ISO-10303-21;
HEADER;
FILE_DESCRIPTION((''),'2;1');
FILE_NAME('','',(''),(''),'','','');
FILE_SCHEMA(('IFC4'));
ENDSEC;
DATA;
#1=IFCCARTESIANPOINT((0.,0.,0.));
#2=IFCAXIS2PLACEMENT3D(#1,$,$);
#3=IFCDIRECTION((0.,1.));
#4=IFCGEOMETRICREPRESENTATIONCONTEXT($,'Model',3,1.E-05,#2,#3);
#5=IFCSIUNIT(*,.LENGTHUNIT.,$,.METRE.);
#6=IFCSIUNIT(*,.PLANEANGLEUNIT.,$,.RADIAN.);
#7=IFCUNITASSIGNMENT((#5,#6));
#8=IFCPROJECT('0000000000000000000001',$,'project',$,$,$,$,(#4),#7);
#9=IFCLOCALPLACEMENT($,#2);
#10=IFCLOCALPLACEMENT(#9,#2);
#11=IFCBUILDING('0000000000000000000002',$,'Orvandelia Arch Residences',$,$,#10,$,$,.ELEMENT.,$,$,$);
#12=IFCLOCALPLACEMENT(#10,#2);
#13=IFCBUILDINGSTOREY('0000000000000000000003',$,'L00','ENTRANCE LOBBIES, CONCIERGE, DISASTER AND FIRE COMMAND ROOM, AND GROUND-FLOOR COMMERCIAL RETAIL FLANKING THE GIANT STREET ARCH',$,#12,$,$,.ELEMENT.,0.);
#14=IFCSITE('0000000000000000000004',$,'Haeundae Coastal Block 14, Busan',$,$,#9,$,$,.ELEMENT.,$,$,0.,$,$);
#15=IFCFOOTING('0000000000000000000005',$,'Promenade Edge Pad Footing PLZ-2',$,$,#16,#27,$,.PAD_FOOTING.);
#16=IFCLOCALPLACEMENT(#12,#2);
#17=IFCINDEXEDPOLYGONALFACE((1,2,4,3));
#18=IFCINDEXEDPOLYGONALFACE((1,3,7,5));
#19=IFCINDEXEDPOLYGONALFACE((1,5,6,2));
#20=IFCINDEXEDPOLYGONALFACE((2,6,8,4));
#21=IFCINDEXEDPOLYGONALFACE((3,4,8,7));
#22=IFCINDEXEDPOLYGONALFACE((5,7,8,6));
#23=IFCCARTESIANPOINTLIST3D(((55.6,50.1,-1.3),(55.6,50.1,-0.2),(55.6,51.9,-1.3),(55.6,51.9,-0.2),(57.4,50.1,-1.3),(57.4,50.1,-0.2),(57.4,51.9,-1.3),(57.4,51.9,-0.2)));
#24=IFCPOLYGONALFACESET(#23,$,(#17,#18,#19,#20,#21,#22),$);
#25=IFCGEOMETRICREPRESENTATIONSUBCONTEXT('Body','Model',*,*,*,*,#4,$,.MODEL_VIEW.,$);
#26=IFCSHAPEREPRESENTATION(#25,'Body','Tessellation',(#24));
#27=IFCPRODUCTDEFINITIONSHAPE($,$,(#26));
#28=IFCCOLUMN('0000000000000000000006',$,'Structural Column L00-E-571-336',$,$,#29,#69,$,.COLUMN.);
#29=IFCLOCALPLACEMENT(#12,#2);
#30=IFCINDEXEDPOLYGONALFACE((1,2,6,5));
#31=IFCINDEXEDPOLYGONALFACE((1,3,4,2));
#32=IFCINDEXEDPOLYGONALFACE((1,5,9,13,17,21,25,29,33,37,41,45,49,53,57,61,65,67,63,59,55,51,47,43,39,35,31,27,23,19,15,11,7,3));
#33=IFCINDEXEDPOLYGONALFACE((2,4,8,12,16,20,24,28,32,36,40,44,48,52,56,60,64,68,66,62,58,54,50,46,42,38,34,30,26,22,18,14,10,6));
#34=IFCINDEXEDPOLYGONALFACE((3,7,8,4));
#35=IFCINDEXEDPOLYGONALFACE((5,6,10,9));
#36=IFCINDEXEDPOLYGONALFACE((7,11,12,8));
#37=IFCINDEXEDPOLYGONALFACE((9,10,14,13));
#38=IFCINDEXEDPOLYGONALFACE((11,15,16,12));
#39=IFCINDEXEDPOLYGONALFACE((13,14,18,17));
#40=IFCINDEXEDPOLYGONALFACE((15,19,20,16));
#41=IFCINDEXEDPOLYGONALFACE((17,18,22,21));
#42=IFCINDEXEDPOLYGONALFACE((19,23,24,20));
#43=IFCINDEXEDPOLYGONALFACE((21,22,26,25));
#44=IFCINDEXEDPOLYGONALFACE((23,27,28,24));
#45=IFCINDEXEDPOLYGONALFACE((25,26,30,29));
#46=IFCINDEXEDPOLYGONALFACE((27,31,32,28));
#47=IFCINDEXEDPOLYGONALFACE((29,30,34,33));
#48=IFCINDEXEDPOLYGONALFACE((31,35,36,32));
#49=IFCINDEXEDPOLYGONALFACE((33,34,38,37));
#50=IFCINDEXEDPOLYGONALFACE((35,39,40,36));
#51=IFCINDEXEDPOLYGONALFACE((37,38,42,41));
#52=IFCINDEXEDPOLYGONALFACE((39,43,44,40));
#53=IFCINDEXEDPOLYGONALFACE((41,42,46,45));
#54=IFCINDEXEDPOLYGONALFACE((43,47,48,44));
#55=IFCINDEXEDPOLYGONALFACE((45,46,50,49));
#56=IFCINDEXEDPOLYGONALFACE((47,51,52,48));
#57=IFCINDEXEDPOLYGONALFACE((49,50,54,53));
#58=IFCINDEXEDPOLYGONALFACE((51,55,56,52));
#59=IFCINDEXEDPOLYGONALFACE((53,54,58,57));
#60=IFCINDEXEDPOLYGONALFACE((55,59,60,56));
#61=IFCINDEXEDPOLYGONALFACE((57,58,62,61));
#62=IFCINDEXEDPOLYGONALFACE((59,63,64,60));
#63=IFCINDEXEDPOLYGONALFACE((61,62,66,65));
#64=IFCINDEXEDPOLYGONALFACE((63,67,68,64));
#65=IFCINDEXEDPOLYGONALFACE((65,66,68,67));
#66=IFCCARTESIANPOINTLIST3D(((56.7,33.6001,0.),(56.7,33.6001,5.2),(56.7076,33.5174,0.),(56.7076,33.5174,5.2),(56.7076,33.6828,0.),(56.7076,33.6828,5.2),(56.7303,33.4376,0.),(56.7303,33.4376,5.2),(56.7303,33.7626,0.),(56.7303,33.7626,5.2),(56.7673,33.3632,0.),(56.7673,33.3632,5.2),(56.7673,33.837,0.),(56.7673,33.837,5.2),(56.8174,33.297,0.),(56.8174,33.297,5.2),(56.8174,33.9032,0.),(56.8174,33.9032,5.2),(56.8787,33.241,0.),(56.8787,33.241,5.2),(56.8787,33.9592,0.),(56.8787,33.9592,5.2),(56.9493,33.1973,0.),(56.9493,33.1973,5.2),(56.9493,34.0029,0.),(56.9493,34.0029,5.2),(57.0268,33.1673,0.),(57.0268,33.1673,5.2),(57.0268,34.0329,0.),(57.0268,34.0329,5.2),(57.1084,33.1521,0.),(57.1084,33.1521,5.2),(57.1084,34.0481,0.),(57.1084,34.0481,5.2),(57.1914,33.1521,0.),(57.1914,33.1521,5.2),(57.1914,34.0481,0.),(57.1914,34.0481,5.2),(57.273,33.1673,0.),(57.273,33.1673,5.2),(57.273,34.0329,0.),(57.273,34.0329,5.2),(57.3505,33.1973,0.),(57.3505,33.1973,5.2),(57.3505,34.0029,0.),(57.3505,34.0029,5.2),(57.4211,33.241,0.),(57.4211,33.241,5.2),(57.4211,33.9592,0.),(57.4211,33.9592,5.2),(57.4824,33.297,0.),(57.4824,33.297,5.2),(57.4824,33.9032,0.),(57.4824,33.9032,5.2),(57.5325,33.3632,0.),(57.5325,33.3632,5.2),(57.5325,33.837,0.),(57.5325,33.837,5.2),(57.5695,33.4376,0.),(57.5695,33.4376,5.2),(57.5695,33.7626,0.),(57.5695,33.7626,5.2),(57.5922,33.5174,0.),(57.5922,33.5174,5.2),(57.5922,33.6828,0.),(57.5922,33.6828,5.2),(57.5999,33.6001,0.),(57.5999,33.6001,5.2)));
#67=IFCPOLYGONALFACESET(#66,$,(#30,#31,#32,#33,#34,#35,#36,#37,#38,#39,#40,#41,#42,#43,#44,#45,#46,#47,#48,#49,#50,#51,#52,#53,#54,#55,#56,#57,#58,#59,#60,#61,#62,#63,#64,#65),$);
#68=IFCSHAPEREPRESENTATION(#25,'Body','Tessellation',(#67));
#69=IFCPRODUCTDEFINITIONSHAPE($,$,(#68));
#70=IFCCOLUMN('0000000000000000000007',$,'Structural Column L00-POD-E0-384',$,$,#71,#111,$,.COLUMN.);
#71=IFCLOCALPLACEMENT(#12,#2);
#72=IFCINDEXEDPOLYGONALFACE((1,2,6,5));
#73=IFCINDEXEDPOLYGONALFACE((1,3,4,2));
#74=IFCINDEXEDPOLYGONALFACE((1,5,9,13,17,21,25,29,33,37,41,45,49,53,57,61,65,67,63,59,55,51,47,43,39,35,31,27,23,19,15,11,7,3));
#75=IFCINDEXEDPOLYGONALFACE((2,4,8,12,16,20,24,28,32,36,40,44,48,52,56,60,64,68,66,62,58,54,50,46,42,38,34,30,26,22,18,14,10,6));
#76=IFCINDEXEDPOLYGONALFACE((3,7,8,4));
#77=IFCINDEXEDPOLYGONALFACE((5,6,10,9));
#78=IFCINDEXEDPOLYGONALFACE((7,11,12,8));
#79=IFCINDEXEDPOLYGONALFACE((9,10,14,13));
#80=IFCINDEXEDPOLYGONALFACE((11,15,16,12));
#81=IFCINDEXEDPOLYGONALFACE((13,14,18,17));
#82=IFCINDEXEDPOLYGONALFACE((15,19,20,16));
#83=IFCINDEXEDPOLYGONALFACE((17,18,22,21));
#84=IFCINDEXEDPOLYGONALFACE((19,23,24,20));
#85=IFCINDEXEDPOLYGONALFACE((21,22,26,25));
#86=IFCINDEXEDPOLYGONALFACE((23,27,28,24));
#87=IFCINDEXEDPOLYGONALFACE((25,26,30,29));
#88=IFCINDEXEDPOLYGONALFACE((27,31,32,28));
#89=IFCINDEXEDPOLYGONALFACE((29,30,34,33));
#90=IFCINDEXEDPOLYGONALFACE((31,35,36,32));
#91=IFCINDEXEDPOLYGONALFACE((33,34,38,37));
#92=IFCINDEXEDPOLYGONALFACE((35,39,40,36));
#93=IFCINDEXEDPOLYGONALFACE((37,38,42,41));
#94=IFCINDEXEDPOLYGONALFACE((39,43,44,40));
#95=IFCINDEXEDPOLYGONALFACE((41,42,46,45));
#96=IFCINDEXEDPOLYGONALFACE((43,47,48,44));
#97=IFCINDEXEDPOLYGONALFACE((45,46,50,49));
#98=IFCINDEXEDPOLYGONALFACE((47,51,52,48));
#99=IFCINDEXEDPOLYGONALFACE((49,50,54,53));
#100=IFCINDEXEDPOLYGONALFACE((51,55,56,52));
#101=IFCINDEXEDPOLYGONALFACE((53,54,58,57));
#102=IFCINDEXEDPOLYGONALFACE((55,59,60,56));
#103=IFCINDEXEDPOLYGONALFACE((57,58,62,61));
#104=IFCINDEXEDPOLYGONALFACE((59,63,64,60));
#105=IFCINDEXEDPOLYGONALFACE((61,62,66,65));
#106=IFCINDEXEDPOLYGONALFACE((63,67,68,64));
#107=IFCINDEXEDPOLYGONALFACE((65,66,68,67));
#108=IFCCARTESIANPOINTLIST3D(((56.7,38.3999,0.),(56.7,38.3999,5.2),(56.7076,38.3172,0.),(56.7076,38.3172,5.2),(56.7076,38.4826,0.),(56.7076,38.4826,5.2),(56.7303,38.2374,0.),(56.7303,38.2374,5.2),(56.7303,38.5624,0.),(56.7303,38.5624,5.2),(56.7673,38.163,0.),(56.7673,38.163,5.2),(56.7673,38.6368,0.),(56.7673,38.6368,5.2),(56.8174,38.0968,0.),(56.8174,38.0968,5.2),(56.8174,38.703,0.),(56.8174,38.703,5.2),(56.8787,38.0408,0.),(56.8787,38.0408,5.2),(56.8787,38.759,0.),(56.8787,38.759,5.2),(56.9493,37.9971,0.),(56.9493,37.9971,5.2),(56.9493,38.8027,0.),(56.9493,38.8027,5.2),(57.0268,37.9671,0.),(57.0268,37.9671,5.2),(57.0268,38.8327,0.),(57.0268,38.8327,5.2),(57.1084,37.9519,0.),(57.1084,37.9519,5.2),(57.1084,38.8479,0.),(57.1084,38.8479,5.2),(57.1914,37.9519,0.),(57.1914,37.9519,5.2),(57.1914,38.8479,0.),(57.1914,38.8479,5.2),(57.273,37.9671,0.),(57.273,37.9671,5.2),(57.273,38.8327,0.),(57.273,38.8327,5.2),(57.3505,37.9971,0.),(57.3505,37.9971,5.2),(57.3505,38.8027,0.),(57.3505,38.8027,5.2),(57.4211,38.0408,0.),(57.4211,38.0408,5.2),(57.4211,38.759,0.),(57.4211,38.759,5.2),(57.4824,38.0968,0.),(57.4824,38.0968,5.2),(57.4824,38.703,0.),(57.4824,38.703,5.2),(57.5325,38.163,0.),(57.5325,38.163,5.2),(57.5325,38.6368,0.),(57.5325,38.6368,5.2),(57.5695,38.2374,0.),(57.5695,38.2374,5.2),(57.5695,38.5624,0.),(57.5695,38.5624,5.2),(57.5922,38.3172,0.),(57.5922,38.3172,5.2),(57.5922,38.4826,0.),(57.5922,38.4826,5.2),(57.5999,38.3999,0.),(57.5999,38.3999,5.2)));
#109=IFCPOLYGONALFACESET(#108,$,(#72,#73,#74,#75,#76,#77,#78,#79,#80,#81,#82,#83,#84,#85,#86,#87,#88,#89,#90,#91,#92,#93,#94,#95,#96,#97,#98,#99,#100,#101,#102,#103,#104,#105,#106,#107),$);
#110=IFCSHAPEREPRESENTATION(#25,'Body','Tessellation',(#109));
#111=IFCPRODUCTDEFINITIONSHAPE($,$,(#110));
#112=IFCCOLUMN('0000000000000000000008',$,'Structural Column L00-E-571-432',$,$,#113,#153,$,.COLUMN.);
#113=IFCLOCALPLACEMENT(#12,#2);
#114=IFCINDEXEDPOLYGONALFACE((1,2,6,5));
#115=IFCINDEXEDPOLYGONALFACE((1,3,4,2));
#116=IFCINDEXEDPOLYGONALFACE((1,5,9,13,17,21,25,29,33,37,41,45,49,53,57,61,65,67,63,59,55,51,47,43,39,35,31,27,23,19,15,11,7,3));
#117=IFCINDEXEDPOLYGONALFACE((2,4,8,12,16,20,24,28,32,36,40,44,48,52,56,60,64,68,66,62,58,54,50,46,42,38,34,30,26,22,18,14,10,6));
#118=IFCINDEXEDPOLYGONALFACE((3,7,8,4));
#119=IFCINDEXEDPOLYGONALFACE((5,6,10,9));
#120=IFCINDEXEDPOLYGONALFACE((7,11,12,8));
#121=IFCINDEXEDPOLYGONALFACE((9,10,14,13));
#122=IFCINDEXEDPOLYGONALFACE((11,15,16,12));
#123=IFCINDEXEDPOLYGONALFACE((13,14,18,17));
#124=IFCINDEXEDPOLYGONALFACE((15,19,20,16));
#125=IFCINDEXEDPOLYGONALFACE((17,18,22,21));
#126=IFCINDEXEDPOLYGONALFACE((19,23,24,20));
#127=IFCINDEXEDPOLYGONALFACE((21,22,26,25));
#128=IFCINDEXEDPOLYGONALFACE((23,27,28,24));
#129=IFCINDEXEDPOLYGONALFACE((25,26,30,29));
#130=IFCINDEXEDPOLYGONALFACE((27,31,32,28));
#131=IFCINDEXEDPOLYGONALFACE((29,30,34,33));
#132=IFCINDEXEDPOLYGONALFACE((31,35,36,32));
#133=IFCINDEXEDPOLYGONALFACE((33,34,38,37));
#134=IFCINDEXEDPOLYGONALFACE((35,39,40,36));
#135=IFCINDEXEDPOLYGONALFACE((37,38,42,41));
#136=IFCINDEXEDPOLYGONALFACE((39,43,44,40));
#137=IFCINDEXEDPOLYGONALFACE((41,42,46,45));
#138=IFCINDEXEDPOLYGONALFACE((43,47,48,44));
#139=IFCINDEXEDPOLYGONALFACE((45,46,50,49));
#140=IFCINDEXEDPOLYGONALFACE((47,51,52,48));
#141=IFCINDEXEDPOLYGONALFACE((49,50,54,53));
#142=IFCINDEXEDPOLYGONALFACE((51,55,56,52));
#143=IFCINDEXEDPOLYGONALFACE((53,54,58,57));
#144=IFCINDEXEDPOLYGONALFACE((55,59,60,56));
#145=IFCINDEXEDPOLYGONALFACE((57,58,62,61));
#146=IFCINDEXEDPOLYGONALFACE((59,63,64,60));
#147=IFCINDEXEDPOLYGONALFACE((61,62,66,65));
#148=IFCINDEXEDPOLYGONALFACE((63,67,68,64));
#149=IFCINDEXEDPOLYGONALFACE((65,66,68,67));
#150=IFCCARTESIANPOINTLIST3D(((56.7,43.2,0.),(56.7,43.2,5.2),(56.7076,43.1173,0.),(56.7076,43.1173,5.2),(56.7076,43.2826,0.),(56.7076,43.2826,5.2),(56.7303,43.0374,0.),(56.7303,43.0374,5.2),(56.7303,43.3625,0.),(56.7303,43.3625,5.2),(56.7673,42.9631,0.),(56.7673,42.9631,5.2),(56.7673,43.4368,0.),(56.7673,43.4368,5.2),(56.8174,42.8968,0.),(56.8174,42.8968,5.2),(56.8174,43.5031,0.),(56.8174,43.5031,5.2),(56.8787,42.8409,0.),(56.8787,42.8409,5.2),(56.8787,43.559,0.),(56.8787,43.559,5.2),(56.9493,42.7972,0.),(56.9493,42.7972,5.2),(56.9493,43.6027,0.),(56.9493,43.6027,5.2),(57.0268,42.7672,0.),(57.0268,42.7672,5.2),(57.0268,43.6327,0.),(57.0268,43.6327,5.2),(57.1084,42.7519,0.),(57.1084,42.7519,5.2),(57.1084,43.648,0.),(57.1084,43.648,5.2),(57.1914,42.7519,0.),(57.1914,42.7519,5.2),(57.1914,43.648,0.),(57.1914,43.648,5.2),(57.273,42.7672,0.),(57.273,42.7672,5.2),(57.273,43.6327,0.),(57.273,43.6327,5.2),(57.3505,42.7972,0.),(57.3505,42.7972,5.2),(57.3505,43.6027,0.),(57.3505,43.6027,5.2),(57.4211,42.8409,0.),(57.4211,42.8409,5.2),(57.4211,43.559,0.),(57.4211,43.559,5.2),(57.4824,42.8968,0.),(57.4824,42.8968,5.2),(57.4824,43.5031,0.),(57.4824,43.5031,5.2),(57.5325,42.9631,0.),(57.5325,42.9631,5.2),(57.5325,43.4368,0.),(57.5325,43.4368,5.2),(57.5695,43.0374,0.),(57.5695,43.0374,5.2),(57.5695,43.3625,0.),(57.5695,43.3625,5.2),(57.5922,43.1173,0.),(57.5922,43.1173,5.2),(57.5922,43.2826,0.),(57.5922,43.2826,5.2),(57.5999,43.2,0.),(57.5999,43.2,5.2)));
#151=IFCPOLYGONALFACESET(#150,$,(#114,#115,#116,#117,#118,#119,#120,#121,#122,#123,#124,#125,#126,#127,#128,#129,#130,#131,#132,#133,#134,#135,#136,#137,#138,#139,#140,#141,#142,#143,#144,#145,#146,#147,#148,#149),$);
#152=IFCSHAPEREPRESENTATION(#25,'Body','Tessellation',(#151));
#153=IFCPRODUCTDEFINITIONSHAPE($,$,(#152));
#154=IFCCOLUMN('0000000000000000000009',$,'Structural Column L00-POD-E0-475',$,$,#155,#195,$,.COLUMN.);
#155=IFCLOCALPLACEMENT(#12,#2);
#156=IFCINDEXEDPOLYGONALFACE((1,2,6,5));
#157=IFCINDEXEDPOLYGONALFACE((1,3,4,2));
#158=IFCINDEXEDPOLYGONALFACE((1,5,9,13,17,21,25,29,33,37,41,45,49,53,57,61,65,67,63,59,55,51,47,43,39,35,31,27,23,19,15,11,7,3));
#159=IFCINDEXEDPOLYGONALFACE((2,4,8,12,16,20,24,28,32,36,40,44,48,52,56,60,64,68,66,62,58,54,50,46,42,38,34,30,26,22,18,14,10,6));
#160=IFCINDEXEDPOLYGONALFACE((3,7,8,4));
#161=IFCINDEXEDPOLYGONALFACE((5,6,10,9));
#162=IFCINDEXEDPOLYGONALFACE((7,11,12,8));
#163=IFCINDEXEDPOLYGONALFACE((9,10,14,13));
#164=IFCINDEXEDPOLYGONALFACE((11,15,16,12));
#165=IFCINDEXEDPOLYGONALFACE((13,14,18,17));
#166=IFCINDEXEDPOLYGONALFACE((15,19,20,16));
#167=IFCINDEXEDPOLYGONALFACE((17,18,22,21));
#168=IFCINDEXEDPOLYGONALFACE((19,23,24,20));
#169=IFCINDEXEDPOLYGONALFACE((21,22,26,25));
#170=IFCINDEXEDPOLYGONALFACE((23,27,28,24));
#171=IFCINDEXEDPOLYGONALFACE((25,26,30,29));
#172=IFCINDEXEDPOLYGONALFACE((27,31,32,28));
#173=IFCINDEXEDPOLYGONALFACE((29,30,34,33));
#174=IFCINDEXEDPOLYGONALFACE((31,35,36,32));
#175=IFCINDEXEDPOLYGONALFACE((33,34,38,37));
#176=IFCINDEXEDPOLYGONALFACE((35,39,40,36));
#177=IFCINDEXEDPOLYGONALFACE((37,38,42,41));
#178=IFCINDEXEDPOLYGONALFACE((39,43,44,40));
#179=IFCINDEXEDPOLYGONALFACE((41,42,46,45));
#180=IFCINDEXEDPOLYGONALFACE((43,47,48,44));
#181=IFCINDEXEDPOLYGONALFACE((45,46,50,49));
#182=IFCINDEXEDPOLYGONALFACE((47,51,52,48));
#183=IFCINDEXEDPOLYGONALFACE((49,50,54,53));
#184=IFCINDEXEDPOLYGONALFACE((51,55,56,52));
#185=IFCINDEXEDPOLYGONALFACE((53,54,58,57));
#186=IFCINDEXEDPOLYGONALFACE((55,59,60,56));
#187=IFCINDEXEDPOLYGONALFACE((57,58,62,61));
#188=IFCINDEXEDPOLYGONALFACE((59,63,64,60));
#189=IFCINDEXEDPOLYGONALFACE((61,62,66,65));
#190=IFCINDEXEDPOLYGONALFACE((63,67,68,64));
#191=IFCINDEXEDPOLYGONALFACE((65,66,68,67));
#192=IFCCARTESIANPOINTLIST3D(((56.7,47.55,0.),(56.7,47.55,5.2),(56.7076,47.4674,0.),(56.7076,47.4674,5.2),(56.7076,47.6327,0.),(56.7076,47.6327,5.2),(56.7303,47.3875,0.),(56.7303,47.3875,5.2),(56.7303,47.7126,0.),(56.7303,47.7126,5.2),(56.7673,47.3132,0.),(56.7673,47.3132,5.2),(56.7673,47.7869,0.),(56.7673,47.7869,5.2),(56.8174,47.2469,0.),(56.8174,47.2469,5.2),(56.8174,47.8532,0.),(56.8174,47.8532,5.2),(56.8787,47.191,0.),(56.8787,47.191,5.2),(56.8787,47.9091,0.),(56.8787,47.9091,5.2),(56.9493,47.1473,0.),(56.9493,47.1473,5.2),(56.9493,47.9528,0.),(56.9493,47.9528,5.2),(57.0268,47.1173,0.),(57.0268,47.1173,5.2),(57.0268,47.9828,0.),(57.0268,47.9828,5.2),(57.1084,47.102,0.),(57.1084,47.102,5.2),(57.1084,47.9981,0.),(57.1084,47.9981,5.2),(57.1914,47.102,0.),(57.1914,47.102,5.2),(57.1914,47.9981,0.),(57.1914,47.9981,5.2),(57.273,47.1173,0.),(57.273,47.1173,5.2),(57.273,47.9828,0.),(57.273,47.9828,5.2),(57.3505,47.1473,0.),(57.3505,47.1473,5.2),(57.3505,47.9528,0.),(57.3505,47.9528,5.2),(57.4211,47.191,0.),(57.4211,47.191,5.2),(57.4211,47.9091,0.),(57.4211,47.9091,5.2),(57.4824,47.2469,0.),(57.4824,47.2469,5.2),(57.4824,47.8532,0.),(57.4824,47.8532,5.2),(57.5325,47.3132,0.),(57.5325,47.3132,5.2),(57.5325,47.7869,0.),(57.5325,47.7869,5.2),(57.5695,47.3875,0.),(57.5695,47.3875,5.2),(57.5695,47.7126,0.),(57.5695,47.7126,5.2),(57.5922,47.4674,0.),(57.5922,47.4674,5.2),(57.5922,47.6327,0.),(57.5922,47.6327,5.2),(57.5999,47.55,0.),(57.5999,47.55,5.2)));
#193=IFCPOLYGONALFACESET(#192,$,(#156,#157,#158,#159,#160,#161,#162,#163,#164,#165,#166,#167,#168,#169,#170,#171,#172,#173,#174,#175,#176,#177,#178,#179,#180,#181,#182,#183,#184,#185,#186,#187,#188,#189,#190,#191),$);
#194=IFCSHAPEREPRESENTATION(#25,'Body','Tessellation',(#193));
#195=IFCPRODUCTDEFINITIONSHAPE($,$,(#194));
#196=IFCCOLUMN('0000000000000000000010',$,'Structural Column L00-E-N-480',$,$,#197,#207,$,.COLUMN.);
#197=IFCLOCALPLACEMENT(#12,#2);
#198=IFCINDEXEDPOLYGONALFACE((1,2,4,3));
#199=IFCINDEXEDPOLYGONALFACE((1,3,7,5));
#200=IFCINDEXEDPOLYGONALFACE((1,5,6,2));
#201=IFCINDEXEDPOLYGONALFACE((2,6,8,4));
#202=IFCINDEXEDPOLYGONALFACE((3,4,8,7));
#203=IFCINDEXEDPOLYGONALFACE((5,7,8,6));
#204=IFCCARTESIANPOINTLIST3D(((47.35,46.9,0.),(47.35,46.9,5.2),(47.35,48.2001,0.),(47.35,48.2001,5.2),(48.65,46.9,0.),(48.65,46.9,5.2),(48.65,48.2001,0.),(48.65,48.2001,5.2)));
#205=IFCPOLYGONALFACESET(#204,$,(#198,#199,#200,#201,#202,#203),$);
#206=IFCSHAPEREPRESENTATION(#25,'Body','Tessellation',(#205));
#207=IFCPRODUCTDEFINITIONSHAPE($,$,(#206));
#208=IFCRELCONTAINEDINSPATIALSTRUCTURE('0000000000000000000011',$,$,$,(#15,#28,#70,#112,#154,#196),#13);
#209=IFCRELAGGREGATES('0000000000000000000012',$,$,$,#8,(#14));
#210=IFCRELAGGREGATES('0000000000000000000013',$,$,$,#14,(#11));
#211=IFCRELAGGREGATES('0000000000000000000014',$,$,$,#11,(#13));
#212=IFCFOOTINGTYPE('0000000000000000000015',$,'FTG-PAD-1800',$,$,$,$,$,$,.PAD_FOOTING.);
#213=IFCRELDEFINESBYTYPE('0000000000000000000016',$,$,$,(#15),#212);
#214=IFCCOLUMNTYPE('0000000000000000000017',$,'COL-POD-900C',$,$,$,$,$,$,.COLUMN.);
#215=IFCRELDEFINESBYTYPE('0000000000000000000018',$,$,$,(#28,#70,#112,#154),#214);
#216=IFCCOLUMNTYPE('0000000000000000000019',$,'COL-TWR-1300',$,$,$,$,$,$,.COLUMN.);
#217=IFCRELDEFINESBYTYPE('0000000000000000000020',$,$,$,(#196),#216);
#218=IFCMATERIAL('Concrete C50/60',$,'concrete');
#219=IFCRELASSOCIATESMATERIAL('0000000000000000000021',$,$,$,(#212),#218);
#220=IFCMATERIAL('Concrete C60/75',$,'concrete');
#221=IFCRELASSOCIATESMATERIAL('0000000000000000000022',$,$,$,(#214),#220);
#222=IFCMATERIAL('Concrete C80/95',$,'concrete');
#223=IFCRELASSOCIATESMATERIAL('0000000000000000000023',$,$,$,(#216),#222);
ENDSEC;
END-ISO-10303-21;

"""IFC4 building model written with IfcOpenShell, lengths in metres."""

from ifc_helpers import new_model, si_unit, direction, frame, origin, origin_2d, place, context, subcontext, project, spatial, rectangle, circle, extrude, material, material_profile, profile_set, type_object, element, save


model = new_model("IFC4")

# Units and contexts
model_context = context("Model", 3, precision=1e-05, world=origin(), true_north=direction((0.0, 1.0)))
body_context = subcontext(model_context, "Body", "Model", "MODEL_VIEW")
ifc_project = project(units=[si_unit("LENGTHUNIT", "METRE"), si_unit("PLANEANGLEUNIT", "RADIAN")], contexts=[model_context])

# Site, building, storey
site_placement = place(None, origin())
site = spatial("IfcSite", under=ifc_project, at=site_placement, Name="Haeundae Coastal Block 14, Busan", CompositionType="ELEMENT", RefElevation=0.0)
building_placement = place(site_placement, origin())
building = spatial("IfcBuilding", under=site, at=building_placement, Name="Orvandelia Arch Residences", CompositionType="ELEMENT")
storey_placement = place(building_placement, origin())
storey = spatial("IfcBuildingStorey", under=building, at=storey_placement, Name="L00", Description="ENTRANCE LOBBIES, CONCIERGE, DISASTER AND FIRE COMMAND ROOM, AND GROUND-FLOOR COMMERCIAL RETAIL FLANKING THE GIANT STREET ARCH", CompositionType="ELEMENT", Elevation=0.0)

# Footing
ifc_material_1 = material(Name="Concrete C50/60", Category="concrete")
footing_type = type_object("IfcFootingType", Name="FTG-PAD-1800", PredefinedType="PAD_FOOTING", material=ifc_material_1)
footing_placement = place(storey_placement, frame((56.5, 51.0, -1.3), z_axis=(0.0, 0.0, 1.0), x_axis=(1.0, 0.0, 0.0)))
element("IfcFooting", 1, at=footing_placement, inside=storey, type_object=footing_type, Name="Promenade Edge Pad Footing PLZ-2", PredefinedType="PAD_FOOTING", context=body_context, shape_type="SweptSolid", body=[
    extrude(rectangle(XDim=1.8, YDim=1.8, at=origin_2d()), origin(), (0.0, 0.0, 1.0), 1.1001),
])

# Columns
ifc_material_2 = material(Name="Concrete C60/75", Category="concrete")
ifc_material_profile_1 = material_profile(ifc_material_2, circle(Radius=0.45, at=origin_2d()), Name="Concrete C60/75", Category="concrete")
ifc_profile_set_1 = profile_set([ifc_material_profile_1], Name="Concrete C60/75")
column_type_1 = type_object("IfcColumnType", Name="COL-POD-900C", PredefinedType="COLUMN", material=ifc_profile_set_1)
for number, where, z_axis, x_axis, name in (
    (2, (57.1499, 33.6001, 0.0), (0.0, 0.0, 1.0), (1.0, 0.0, 0.0), "Structural Column L00-E-571-336"),
    (3, (57.1499, 38.3999, 0.0), (0.0, 0.0, 1.0), (1.0, 0.0, 0.0), "Structural Column L00-POD-E0-384"),
    (4, (57.1499, 43.2, 0.0), (0.0, 0.0, 1.0), (1.0, 0.0, 0.0), "Structural Column L00-E-571-432"),
    (5, (57.1499, 47.55, 0.0), (0.0, 0.0, 1.0), (1.0, 0.0, 0.0), "Structural Column L00-POD-E0-475"),
):
    element("IfcColumn", number, at=place(storey_placement, frame(where, z_axis=z_axis, x_axis=x_axis)), inside=storey, type_object=column_type_1, Name=name, PredefinedType="COLUMN", context=body_context, shape_type="SweptSolid", body=[
        extrude(circle(Radius=0.45, at=origin_2d()), origin(), (0.0, 0.0, 1.0), 5.2),
    ])
ifc_material_3 = material(Name="Concrete C80/95", Category="concrete")
ifc_material_profile_2 = material_profile(ifc_material_3, rectangle(XDim=1.3, YDim=1.3, at=origin_2d()), Name="Concrete C80/95", Category="concrete")
ifc_profile_set_2 = profile_set([ifc_material_profile_2], Name="Concrete C80/95")
column_type_2 = type_object("IfcColumnType", Name="COL-TWR-1300", PredefinedType="COLUMN", material=ifc_profile_set_2)
for number, where, z_axis, x_axis, name in (
    (6, (48.0, 47.55, 0.0), (0.0, 0.0, 1.0), (1.0, 0.0, 0.0), "Structural Column L00-E-N-480"),
):
    element("IfcColumn", number, at=place(storey_placement, frame(where, z_axis=z_axis, x_axis=x_axis)), inside=storey, type_object=column_type_2, Name=name, PredefinedType="COLUMN", context=body_context, shape_type="SweptSolid", body=[
        extrude(rectangle(XDim=1.3, YDim=1.3, at=origin_2d()), origin(), (0.0, 0.0, 1.0), 5.2),
    ])

save(model, "model.ifc")
